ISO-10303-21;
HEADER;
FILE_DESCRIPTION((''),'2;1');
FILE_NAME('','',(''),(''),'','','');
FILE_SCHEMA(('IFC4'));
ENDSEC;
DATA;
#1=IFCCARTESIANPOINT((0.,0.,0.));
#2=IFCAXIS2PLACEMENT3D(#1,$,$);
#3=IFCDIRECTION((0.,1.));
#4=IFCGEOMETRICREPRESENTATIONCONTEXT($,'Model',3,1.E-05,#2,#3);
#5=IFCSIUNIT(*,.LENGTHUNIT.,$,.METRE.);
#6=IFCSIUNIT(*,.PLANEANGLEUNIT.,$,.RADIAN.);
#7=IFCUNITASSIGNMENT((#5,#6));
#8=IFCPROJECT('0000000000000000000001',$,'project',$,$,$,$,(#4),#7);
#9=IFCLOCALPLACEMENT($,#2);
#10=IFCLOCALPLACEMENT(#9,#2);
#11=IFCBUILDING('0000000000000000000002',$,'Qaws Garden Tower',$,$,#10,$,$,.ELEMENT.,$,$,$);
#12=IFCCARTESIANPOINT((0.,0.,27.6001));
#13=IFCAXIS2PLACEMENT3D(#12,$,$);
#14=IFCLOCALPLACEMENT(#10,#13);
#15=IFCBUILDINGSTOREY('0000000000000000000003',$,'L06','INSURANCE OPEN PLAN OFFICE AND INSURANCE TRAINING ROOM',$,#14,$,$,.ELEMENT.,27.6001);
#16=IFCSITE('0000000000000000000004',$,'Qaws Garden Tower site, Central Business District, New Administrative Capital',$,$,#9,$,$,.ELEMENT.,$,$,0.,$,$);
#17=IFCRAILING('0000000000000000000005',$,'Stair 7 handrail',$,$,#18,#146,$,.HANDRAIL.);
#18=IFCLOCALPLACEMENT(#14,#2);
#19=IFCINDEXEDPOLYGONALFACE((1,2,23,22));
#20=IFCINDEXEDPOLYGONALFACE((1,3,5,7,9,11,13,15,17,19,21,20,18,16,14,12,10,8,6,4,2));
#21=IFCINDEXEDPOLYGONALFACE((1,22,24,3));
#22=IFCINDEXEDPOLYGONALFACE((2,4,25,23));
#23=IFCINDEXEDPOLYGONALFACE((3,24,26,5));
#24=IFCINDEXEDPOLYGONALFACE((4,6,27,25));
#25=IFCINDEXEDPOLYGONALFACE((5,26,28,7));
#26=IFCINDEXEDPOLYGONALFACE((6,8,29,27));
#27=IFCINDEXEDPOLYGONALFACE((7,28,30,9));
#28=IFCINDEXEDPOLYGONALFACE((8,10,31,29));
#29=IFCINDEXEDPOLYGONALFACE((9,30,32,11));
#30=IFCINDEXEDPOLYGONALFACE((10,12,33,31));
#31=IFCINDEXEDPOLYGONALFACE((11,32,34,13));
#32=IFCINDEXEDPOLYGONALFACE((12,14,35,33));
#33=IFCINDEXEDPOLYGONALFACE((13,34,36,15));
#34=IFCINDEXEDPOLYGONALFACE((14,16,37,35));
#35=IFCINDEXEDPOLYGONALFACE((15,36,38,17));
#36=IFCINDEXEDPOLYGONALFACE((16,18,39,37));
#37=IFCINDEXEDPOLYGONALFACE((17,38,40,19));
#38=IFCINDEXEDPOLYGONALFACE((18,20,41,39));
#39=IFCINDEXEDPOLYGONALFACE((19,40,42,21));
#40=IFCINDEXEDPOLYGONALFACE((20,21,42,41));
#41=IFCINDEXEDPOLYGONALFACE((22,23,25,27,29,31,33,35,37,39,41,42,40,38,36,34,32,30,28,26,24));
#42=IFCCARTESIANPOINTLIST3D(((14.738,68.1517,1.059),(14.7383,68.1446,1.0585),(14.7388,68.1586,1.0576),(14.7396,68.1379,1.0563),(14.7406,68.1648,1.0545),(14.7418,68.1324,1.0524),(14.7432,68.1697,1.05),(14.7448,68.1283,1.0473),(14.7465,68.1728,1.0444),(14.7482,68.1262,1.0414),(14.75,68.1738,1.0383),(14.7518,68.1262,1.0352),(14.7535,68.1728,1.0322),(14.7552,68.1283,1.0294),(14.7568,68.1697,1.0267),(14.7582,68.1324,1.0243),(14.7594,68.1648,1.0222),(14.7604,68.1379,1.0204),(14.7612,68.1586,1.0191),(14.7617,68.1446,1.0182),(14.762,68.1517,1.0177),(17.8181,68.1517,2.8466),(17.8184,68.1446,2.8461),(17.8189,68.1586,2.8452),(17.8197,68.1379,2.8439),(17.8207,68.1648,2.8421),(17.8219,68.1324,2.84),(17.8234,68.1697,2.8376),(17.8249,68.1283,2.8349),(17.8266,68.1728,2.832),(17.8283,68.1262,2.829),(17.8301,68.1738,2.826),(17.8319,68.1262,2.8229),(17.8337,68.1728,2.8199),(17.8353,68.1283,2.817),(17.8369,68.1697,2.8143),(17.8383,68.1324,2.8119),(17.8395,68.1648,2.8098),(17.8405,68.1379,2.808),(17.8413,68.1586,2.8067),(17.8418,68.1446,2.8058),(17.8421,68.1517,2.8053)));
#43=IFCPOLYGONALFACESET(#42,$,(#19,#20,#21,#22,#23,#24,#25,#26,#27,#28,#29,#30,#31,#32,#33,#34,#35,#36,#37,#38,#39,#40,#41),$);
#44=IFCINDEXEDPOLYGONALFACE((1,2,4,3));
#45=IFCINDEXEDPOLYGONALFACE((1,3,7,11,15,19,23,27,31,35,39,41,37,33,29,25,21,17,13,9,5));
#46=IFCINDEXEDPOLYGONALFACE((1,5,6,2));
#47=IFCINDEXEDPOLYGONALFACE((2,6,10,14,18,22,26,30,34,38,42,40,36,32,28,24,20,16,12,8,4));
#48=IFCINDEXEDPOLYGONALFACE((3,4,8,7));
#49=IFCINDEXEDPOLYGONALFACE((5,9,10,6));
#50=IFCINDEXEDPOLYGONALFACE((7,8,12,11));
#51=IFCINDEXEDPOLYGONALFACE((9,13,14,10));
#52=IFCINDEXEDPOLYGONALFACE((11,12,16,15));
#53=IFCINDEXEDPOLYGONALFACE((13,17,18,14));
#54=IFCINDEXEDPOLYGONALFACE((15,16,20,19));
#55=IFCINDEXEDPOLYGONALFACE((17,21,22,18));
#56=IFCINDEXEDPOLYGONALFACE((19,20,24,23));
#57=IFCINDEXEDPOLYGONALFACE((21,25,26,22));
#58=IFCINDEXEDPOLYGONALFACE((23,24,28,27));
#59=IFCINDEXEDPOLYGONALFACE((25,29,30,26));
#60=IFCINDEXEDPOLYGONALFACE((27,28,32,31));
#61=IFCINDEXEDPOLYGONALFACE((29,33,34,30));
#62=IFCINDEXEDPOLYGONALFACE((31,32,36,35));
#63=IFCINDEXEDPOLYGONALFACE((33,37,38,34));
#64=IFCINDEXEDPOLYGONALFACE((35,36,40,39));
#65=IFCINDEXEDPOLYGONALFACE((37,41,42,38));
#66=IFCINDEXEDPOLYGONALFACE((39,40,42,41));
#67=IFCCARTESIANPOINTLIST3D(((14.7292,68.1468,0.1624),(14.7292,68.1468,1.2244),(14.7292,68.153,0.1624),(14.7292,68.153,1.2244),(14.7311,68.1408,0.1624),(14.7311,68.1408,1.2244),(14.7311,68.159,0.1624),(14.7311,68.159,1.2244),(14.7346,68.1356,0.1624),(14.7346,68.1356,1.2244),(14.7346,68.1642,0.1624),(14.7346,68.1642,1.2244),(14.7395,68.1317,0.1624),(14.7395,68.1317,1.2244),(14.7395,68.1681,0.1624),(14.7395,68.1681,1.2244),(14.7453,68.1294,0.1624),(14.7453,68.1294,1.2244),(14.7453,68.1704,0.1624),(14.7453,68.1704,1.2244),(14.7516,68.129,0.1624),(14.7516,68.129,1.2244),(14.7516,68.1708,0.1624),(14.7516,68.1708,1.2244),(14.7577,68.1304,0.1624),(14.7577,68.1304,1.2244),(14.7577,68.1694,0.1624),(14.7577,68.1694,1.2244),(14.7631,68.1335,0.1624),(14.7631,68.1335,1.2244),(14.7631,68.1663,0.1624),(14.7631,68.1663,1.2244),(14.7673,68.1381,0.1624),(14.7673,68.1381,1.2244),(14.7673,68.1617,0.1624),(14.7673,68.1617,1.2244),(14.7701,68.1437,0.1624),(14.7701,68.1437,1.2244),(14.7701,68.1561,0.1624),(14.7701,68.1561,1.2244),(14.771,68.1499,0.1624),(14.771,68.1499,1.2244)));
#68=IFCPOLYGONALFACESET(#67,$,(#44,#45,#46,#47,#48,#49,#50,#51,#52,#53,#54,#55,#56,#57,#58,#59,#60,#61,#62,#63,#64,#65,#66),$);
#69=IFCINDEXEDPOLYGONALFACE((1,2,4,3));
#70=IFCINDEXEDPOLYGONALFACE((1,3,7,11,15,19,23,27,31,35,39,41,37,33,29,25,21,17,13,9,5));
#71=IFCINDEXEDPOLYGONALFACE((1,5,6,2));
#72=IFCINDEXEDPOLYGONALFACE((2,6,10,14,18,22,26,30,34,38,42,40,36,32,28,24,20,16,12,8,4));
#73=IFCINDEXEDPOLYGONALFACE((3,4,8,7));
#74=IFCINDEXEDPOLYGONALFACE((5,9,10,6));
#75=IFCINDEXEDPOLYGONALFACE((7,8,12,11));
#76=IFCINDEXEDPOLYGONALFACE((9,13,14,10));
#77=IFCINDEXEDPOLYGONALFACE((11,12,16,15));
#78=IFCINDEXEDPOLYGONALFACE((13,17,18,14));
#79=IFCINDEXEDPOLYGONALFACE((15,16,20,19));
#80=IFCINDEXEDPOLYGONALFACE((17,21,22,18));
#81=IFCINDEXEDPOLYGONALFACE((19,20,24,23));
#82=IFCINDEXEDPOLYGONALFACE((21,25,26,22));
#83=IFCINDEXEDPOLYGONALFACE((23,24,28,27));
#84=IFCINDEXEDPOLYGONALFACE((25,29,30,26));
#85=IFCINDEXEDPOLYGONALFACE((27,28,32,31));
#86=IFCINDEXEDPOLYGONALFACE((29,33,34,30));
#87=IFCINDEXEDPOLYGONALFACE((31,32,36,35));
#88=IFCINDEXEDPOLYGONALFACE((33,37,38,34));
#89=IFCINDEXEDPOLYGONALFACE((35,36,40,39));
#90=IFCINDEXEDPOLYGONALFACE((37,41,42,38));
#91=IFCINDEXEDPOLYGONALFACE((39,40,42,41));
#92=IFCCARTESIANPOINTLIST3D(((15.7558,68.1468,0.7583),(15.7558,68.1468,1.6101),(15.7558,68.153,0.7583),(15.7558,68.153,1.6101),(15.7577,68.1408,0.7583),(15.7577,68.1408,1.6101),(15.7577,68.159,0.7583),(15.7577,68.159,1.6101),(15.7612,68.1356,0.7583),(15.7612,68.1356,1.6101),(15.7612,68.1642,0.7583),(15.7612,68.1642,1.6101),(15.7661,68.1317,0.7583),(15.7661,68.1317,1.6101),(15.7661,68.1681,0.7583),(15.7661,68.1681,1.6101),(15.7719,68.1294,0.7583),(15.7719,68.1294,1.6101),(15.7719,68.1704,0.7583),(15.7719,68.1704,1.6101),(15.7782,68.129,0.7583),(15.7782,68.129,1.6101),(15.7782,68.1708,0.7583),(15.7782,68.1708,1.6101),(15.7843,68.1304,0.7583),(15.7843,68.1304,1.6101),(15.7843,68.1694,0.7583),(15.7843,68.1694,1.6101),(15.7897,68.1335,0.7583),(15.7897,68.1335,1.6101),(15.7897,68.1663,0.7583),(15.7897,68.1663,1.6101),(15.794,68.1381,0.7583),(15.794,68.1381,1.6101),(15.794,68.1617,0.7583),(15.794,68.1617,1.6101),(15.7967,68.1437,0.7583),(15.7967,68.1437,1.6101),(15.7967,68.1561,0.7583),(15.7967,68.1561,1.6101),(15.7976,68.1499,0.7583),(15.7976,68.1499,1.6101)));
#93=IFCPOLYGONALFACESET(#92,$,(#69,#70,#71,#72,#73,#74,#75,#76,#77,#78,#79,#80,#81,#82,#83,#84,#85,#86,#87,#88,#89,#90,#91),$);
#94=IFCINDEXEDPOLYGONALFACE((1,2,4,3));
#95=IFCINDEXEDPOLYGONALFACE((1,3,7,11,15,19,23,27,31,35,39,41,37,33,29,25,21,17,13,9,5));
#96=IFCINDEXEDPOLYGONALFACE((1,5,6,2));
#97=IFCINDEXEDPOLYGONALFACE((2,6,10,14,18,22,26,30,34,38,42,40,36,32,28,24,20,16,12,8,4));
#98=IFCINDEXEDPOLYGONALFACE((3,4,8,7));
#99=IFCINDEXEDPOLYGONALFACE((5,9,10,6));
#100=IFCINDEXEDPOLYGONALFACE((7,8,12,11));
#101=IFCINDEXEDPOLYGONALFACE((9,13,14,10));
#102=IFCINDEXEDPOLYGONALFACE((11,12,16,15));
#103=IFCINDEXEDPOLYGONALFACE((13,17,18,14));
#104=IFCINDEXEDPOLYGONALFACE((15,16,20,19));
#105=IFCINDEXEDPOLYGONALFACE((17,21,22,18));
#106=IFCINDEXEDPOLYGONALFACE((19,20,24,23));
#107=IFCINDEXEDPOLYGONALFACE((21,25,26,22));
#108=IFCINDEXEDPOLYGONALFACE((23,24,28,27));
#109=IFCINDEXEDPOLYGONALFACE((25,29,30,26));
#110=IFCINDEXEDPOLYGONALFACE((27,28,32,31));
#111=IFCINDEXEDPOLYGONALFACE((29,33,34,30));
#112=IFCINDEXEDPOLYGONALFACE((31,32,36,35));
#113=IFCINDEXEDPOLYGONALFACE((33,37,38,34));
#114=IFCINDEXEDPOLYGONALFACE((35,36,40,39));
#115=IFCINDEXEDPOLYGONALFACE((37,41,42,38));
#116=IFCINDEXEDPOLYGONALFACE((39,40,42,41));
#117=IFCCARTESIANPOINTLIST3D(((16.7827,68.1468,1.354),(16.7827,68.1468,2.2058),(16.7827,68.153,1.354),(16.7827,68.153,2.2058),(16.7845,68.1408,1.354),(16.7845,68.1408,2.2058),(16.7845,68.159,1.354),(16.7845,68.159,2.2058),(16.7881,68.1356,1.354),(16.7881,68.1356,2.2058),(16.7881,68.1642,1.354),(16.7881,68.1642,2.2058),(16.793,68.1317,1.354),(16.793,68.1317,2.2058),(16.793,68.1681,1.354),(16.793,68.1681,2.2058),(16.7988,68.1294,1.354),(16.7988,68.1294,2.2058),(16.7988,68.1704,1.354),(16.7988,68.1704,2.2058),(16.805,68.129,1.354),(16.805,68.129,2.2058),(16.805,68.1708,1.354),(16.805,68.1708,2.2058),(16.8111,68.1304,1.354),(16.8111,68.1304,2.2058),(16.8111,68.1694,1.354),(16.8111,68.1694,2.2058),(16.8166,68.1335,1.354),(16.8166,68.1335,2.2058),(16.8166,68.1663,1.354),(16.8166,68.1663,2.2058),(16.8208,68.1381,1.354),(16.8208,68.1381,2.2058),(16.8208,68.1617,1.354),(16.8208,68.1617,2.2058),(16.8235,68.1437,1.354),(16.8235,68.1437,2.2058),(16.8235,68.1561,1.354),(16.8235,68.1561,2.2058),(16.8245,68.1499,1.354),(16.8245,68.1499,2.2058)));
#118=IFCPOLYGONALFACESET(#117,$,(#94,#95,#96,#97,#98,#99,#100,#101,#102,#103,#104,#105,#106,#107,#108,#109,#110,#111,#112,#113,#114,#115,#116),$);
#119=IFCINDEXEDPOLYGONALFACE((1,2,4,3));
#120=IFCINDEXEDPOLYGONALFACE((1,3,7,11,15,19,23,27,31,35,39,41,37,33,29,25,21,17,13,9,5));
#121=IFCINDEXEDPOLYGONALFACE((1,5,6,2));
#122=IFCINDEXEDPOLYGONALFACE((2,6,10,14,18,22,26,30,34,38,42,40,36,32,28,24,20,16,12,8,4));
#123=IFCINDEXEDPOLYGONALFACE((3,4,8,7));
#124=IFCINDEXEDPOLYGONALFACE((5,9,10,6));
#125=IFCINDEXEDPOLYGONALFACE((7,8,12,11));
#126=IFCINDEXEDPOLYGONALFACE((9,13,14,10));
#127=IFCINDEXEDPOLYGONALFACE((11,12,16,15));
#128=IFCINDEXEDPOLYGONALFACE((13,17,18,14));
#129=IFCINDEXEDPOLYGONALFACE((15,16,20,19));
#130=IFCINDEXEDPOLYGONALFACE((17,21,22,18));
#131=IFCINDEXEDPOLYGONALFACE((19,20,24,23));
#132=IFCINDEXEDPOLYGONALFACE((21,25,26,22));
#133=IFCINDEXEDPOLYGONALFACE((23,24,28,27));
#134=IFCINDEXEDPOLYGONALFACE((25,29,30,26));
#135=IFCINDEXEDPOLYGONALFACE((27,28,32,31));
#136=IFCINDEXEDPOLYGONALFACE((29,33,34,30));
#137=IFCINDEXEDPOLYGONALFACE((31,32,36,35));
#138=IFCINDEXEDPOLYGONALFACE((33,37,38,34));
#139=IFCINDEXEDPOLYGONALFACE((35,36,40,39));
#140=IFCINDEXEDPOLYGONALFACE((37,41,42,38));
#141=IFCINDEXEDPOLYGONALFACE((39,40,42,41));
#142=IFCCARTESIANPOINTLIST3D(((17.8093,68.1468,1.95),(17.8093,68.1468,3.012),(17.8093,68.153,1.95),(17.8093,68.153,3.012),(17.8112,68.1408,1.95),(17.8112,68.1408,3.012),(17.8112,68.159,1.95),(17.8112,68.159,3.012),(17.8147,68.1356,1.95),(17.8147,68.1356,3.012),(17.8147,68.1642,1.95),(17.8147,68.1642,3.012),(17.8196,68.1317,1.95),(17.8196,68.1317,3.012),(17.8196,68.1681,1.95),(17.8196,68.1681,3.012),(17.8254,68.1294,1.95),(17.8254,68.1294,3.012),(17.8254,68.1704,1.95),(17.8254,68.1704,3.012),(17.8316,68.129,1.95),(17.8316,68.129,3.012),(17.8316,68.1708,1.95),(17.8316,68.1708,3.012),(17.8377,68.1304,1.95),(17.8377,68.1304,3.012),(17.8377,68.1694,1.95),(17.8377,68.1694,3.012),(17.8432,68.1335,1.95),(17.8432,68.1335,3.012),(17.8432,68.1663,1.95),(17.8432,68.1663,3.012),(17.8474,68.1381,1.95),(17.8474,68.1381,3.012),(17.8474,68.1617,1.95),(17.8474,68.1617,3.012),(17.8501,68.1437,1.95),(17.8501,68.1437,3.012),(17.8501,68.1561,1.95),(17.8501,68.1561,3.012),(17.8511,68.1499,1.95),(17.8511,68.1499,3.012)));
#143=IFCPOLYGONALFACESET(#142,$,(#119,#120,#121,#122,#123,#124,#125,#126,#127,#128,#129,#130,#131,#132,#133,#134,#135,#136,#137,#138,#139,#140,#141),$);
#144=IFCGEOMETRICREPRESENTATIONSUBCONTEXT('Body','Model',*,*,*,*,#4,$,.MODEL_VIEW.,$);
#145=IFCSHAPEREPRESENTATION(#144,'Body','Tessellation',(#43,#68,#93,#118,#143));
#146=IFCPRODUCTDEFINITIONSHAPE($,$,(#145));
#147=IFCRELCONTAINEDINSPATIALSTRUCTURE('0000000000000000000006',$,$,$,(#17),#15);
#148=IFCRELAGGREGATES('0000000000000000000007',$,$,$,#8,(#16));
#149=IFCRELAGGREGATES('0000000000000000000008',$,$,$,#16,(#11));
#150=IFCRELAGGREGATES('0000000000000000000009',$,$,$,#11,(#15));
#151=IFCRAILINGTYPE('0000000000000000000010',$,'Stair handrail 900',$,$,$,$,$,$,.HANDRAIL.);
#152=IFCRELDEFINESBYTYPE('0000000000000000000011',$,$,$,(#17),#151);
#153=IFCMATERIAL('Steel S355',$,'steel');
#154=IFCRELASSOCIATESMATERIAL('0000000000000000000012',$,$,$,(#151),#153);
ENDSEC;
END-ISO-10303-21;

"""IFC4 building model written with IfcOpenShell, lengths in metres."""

from ifc_helpers import new_model, si_unit, direction, frame, origin, origin_2d, place, context, subcontext, project, spatial, circle, extrude, material, type_object, element, save


model = new_model("IFC4")

# Units and contexts
model_context = context("Model", 3, precision=1e-05, world=origin(), true_north=direction((0.0, 1.0)))
body_context = subcontext(model_context, "Body", "Model", "MODEL_VIEW")
ifc_project = project(units=[si_unit("LENGTHUNIT", "METRE"), si_unit("PLANEANGLEUNIT", "RADIAN")], contexts=[model_context])

# Site, building, storey
site_placement = place(None, origin())
site = spatial("IfcSite", under=ifc_project, at=site_placement, Name="Qaws Garden Tower site, Central Business District, New Administrative Capital", CompositionType="ELEMENT", RefElevation=0.0)
building_placement = place(site_placement, origin())
building = spatial("IfcBuilding", under=site, at=building_placement, Name="Qaws Garden Tower", CompositionType="ELEMENT")
storey_placement = place(building_placement, frame((0.0, 0.0, 27.6001)))
storey = spatial("IfcBuildingStorey", under=building, at=storey_placement, Name="L06", Description="INSURANCE OPEN PLAN OFFICE AND INSURANCE TRAINING ROOM", CompositionType="ELEMENT", Elevation=27.6001)

# Railing
ifc_material_1 = material(Name="Steel S355", Category="steel")
railing_type = type_object("IfcRailingType", Name="Stair handrail 900", PredefinedType="HANDRAIL", material=ifc_material_1)
railing_1_placement = place(storey_placement, frame((14.75, 68.1499, 0.1624)))
element("IfcRailing", 1, at=railing_1_placement, inside=storey, type_object=railing_type, Name="Stair 7 handrail", PredefinedType="HANDRAIL", context=body_context, shape_type="SweptSolid", body=[
    extrude(circle(Radius=0.0239, at=origin_2d()), frame((0.0, 0.0, 0.876), z_axis=(0.864891, 0.0, 0.50196), x_axis=(0.0, 1.0, 0.0)), (0.0, 0.0, 1.0), 3.5613),
    extrude(circle(Radius=0.021, at=origin_2d()), origin(), (0.0, 0.0, 1.0), 1.062),
    extrude(circle(Radius=0.021, at=origin_2d()), frame((1.0266, 0.0, 0.5959)), (0.0, 0.0, 1.0), 0.8518),
    extrude(circle(Radius=0.021, at=origin_2d()), frame((2.0535, 0.0, 1.1917)), (0.0, 0.0, 1.0), 0.8518),
    extrude(circle(Radius=0.021, at=origin_2d()), frame((3.0801, 0.0, 1.7876)), (0.0, 0.0, 1.0), 1.062),
])

save(model, "model.ifc")
